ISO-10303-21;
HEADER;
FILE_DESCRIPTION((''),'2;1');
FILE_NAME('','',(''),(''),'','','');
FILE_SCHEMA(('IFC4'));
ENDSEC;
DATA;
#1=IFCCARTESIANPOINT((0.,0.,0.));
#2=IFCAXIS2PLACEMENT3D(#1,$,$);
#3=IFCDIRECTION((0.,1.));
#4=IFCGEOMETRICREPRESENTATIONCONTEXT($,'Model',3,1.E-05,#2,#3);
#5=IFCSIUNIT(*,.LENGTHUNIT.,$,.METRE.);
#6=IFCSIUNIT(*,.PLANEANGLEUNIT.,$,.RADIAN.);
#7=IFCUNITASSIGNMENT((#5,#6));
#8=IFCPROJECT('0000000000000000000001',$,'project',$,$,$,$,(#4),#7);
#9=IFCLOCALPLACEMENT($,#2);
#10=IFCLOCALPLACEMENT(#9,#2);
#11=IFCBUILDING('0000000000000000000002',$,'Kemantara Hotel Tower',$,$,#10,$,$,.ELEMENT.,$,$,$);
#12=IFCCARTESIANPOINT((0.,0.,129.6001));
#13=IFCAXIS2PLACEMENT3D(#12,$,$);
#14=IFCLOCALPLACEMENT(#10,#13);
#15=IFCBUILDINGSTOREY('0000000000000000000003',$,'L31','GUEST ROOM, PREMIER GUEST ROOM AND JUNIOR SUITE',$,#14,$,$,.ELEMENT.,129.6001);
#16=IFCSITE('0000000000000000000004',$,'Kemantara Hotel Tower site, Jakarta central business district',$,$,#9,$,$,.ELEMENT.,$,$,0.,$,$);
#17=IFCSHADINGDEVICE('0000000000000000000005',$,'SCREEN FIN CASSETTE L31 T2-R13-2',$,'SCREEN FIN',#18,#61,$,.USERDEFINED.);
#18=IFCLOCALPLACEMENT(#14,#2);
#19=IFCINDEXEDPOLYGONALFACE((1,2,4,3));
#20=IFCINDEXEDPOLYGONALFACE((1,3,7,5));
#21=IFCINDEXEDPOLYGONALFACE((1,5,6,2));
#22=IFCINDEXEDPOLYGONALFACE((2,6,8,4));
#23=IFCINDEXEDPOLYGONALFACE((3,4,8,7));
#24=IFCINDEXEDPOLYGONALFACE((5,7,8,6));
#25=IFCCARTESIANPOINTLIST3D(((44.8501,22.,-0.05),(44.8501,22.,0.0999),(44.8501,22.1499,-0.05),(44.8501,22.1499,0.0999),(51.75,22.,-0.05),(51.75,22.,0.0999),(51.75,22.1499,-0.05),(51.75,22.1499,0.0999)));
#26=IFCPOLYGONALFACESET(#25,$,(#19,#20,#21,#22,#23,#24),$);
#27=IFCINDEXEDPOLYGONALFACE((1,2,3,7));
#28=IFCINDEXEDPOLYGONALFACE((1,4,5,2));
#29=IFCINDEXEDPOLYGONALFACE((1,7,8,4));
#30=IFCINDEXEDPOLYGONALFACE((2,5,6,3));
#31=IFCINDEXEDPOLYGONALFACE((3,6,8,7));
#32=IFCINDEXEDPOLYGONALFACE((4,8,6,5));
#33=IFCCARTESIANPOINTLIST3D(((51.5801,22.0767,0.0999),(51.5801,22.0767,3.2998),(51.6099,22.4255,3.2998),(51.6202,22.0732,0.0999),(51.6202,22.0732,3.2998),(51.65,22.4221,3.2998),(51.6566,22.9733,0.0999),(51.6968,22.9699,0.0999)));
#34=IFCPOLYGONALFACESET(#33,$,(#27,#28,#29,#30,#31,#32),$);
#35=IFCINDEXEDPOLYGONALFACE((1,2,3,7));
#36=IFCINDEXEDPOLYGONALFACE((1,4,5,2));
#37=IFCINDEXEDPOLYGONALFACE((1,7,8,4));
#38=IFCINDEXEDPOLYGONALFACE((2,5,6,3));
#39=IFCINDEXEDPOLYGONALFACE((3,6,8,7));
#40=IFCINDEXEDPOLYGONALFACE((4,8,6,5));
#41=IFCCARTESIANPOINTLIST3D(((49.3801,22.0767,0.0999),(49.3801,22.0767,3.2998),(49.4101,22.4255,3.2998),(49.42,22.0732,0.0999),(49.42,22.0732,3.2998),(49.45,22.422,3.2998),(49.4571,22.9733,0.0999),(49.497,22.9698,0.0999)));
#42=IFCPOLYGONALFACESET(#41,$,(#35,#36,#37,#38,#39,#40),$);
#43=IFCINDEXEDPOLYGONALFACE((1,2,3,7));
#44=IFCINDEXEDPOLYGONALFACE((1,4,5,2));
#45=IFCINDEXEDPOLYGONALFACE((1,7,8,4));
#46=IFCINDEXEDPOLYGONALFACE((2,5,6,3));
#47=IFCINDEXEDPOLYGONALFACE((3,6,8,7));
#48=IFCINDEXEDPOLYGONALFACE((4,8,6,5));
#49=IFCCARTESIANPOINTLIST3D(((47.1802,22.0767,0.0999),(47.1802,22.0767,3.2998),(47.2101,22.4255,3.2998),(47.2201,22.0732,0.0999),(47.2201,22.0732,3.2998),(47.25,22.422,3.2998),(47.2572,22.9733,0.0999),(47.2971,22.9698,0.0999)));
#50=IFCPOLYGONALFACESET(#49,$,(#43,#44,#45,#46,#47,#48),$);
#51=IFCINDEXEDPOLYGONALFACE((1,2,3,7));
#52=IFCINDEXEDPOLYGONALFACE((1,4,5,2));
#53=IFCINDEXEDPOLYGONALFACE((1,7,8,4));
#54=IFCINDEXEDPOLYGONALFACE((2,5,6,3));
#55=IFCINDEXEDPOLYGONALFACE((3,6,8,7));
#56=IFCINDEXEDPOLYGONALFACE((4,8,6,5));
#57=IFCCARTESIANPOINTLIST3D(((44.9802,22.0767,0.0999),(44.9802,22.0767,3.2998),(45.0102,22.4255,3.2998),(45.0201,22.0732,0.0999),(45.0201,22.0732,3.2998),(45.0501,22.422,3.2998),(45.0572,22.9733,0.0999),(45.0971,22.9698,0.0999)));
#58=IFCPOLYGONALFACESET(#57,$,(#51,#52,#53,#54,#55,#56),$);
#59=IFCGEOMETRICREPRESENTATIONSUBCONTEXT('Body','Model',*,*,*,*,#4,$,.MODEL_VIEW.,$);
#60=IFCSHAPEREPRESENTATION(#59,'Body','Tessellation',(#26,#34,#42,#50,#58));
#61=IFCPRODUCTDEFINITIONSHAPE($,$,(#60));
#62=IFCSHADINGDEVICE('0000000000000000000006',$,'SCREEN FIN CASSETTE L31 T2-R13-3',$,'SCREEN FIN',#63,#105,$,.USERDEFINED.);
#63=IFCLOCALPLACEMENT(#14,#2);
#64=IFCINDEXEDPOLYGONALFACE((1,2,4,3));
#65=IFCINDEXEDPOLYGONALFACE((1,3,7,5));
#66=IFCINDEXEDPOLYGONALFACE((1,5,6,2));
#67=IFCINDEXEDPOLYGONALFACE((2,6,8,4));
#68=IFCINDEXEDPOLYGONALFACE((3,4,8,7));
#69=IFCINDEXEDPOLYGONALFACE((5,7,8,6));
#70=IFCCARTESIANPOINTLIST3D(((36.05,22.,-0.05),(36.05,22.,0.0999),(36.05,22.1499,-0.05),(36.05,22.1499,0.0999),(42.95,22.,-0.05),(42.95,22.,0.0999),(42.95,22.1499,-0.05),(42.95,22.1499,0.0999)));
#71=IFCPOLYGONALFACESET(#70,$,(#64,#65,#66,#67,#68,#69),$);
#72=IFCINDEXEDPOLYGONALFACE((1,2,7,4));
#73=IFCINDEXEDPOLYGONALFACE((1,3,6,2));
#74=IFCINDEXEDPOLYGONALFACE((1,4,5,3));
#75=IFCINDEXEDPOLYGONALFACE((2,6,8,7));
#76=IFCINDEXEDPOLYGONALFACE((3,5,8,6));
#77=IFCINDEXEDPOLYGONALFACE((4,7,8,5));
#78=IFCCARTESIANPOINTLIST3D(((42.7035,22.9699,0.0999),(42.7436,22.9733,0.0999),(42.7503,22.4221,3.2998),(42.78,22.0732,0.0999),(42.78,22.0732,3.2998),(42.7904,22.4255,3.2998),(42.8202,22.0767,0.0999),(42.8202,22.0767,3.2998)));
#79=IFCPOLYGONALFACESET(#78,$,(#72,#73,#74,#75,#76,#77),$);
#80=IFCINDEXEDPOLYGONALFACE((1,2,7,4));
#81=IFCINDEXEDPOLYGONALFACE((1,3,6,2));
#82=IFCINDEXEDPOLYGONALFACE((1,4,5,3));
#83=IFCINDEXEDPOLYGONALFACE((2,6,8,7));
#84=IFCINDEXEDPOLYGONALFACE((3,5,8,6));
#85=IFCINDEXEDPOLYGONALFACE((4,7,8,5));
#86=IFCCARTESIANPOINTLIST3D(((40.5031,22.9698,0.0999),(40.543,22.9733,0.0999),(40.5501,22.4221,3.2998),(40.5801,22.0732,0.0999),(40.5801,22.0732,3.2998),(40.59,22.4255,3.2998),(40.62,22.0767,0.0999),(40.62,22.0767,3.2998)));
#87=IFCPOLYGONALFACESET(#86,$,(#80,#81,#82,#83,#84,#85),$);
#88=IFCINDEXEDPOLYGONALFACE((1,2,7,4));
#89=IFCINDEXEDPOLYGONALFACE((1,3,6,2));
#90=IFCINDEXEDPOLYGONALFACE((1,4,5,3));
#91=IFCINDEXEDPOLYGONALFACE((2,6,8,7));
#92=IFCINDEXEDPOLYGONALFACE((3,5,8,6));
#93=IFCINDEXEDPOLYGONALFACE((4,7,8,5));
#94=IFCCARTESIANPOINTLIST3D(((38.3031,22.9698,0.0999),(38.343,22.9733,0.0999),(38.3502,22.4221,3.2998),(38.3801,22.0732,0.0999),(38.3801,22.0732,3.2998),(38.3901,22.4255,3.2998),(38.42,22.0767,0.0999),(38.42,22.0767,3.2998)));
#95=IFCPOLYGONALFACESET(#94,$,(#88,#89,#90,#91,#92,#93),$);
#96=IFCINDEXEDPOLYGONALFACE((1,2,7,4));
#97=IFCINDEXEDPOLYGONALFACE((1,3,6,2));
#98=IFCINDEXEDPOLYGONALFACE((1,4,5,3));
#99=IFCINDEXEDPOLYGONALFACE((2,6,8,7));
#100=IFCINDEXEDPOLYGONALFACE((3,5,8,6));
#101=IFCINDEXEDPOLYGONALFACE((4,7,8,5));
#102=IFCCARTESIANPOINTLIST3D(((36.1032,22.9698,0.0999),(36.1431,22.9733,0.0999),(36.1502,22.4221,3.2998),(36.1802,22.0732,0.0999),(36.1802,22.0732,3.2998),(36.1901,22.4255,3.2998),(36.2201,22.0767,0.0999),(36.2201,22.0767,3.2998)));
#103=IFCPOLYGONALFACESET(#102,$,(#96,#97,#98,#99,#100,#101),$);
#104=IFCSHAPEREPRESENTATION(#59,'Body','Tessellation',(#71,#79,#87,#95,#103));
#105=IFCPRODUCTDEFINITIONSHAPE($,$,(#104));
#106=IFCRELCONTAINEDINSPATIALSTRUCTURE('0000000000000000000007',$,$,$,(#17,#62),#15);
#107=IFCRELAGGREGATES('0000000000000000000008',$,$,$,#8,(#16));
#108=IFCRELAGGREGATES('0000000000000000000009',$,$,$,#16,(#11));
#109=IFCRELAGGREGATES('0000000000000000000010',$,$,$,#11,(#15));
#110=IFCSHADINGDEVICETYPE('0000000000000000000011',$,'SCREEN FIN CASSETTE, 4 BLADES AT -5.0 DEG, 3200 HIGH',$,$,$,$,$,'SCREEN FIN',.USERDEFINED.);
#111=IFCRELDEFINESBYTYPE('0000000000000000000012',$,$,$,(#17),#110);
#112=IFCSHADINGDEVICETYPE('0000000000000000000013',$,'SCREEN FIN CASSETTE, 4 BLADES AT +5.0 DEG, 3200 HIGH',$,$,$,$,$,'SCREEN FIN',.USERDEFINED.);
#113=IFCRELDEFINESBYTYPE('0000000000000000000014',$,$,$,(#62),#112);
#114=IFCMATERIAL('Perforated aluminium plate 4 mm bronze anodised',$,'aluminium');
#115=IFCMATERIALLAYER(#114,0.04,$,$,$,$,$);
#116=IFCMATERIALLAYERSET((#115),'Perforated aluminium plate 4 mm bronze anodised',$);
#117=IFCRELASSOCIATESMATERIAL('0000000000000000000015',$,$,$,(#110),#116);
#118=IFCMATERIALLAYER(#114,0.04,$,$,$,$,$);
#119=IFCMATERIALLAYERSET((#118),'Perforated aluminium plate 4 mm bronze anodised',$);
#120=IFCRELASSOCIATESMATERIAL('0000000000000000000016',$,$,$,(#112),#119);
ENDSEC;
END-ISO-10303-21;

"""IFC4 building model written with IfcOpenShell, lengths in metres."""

from ifc_helpers import new_model, si_unit, direction, frame, origin, origin_2d, place, context, subcontext, project, spatial, polyline, rectangle, outline, extrude, source, transform, mapped, material, layer, layer_set, type_object, element, save


model = new_model("IFC4")

# Units and contexts
model_context = context("Model", 3, precision=1e-05, world=origin(), true_north=direction((0.0, 1.0)))
body_context = subcontext(model_context, "Body", "Model", "MODEL_VIEW")
ifc_project = project(units=[si_unit("LENGTHUNIT", "METRE"), si_unit("PLANEANGLEUNIT", "RADIAN")], contexts=[model_context])

# Site, building, storey
site_placement = place(None, origin())
site = spatial("IfcSite", under=ifc_project, at=site_placement, Name="Kemantara Hotel Tower site, Jakarta central business district", CompositionType="ELEMENT", RefElevation=0.0)
building_placement = place(site_placement, origin())
building = spatial("IfcBuilding", under=site, at=building_placement, Name="Kemantara Hotel Tower", CompositionType="ELEMENT")
storey_placement = place(building_placement, frame((0.0, 0.0, 129.6001)))
storey = spatial("IfcBuildingStorey", under=building, at=storey_placement, Name="L31", Description="GUEST ROOM, PREMIER GUEST ROOM AND JUNIOR SUITE", CompositionType="ELEMENT", Elevation=129.6001)

# Shading devices
ifc_material_1 = material(Name="Perforated aluminium plate 4 mm bronze anodised", Category="aluminium")
ifc_layer_1 = layer(ifc_material_1, 0.04)
ifc_layer_set_1 = layer_set([ifc_layer_1], Name="Perforated aluminium plate 4 mm bronze anodised")
shading_device_type_1 = type_object("IfcShadingDeviceType", Name="SCREEN FIN CASSETTE, 4 BLADES AT -5.0 DEG, 3200 HIGH", ElementType="SCREEN FIN", PredefinedType="USERDEFINED", material=ifc_layer_set_1)
shared_shape_1 = source(origin(), body_context, "Body", "SweptSolid", [
    extrude(rectangle(XDim=6.8999, YDim=0.1499, at=origin_2d()), frame((3.3, -0.075, -0.1499), z_axis=(0.0, 0.0, 1.0), x_axis=(1.0, 0.0, 0.0)), (0.0, 0.0, 1.0), 0.1499),
    extrude(outline(polyline([(0.0, 0.0), (0.8999, 0.0), (0.3501, 3.2), (0.0, 3.2), (0.0, 0.0)])), frame((0.02, -0.0767, 0.0), z_axis=(-0.996376, 0.085056, 0.0), x_axis=(-0.085056, -0.996376, 0.0)), (0.0, 0.0, 1.0), 0.0403),
    extrude(outline(polyline([(0.0, 0.0), (0.8999, 0.0), (0.3501, 3.2), (0.0, 3.2), (0.0, 0.0)])), frame((2.22, -0.0767, 0.0), z_axis=(-0.996332, 0.085575, 0.0), x_axis=(-0.085575, -0.996332, 0.0)), (0.0, 0.0, 1.0), 0.04),
    extrude(outline(polyline([(0.0, 0.0), (0.8999, 0.0), (0.3501, 3.2), (0.0, 3.2), (0.0, 0.0)])), frame((4.4199, -0.0767, 0.0), z_axis=(-0.996332, 0.085575, 0.0), x_axis=(-0.085575, -0.996332, 0.0)), (0.0, 0.0, 1.0), 0.04),
    extrude(outline(polyline([(0.0, 0.0), (0.8999, 0.0), (0.3501, 3.2), (0.0, 3.2), (0.0, 0.0)])), frame((6.6199, -0.0767, 0.0), z_axis=(-0.996332, 0.085575, 0.0), x_axis=(-0.085575, -0.996332, 0.0)), (0.0, 0.0, 1.0), 0.04),
])
shading_device_1_placement = place(storey_placement, frame((51.6001, 22.0, 0.0999), z_axis=(0.0, 0.0, 1.0), x_axis=(-1.0, 0.0, 0.0)))
element("IfcShadingDevice", 1, at=shading_device_1_placement, inside=storey, type_object=shading_device_type_1, Name="SCREEN FIN CASSETTE L31 T2-R13-2", ObjectType="SCREEN FIN", PredefinedType="USERDEFINED", context=body_context, shape_type="MappedRepresentation", body=[
    mapped(shared_shape_1, transform((0.0, 0.0, 0.0))),
])
ifc_layer_2 = layer(ifc_material_1, 0.04)
ifc_layer_set_2 = layer_set([ifc_layer_2], Name="Perforated aluminium plate 4 mm bronze anodised")
shading_device_type_2 = type_object("IfcShadingDeviceType", Name="SCREEN FIN CASSETTE, 4 BLADES AT +5.0 DEG, 3200 HIGH", ElementType="SCREEN FIN", PredefinedType="USERDEFINED", material=ifc_layer_set_2)
shared_shape_2 = source(origin(), body_context, "Body", "SweptSolid", [
    extrude(rectangle(XDim=6.8999, YDim=0.1499, at=origin_2d()), frame((3.3, -0.075, -0.1499), z_axis=(0.0, 0.0, 1.0), x_axis=(1.0, 0.0, 0.0)), (0.0, 0.0, 1.0), 0.1499),
    extrude(outline(polyline([(0.0, 0.0), (0.8999, 0.0), (0.3501, 3.2), (0.0, 3.2), (0.0, 0.0)])), frame((0.02, -0.0732, 0.0), z_axis=(-0.996376, -0.085056, 0.0), x_axis=(0.085056, -0.996376, 0.0)), (0.0, 0.0, 1.0), 0.0403),
    extrude(outline(polyline([(0.0, 0.0), (0.8999, 0.0), (0.3501, 3.2), (0.0, 3.2), (0.0, 0.0)])), frame((2.22, -0.0732, 0.0), z_axis=(-0.996332, -0.085575, 0.0), x_axis=(0.085575, -0.996332, 0.0)), (0.0, 0.0, 1.0), 0.04),
    extrude(outline(polyline([(0.0, 0.0), (0.8999, 0.0), (0.3501, 3.2), (0.0, 3.2), (0.0, 0.0)])), frame((4.4199, -0.0732, 0.0), z_axis=(-0.996332, -0.085575, 0.0), x_axis=(0.085575, -0.996332, 0.0)), (0.0, 0.0, 1.0), 0.04),
    extrude(outline(polyline([(0.0, 0.0), (0.8999, 0.0), (0.3501, 3.2), (0.0, 3.2), (0.0, 0.0)])), frame((6.6199, -0.0732, 0.0), z_axis=(-0.996332, -0.085575, 0.0), x_axis=(0.085575, -0.996332, 0.0)), (0.0, 0.0, 1.0), 0.04),
])
shading_device_2_placement = place(storey_placement, frame((42.8, 22.0, 0.0999), z_axis=(0.0, 0.0, 1.0), x_axis=(-1.0, 0.0, 0.0)))
element("IfcShadingDevice", 2, at=shading_device_2_placement, inside=storey, type_object=shading_device_type_2, Name="SCREEN FIN CASSETTE L31 T2-R13-3", ObjectType="SCREEN FIN", PredefinedType="USERDEFINED", context=body_context, shape_type="MappedRepresentation", body=[
    mapped(shared_shape_2, transform((0.0, 0.0, 0.0))),
])

save(model, "model.ifc")
